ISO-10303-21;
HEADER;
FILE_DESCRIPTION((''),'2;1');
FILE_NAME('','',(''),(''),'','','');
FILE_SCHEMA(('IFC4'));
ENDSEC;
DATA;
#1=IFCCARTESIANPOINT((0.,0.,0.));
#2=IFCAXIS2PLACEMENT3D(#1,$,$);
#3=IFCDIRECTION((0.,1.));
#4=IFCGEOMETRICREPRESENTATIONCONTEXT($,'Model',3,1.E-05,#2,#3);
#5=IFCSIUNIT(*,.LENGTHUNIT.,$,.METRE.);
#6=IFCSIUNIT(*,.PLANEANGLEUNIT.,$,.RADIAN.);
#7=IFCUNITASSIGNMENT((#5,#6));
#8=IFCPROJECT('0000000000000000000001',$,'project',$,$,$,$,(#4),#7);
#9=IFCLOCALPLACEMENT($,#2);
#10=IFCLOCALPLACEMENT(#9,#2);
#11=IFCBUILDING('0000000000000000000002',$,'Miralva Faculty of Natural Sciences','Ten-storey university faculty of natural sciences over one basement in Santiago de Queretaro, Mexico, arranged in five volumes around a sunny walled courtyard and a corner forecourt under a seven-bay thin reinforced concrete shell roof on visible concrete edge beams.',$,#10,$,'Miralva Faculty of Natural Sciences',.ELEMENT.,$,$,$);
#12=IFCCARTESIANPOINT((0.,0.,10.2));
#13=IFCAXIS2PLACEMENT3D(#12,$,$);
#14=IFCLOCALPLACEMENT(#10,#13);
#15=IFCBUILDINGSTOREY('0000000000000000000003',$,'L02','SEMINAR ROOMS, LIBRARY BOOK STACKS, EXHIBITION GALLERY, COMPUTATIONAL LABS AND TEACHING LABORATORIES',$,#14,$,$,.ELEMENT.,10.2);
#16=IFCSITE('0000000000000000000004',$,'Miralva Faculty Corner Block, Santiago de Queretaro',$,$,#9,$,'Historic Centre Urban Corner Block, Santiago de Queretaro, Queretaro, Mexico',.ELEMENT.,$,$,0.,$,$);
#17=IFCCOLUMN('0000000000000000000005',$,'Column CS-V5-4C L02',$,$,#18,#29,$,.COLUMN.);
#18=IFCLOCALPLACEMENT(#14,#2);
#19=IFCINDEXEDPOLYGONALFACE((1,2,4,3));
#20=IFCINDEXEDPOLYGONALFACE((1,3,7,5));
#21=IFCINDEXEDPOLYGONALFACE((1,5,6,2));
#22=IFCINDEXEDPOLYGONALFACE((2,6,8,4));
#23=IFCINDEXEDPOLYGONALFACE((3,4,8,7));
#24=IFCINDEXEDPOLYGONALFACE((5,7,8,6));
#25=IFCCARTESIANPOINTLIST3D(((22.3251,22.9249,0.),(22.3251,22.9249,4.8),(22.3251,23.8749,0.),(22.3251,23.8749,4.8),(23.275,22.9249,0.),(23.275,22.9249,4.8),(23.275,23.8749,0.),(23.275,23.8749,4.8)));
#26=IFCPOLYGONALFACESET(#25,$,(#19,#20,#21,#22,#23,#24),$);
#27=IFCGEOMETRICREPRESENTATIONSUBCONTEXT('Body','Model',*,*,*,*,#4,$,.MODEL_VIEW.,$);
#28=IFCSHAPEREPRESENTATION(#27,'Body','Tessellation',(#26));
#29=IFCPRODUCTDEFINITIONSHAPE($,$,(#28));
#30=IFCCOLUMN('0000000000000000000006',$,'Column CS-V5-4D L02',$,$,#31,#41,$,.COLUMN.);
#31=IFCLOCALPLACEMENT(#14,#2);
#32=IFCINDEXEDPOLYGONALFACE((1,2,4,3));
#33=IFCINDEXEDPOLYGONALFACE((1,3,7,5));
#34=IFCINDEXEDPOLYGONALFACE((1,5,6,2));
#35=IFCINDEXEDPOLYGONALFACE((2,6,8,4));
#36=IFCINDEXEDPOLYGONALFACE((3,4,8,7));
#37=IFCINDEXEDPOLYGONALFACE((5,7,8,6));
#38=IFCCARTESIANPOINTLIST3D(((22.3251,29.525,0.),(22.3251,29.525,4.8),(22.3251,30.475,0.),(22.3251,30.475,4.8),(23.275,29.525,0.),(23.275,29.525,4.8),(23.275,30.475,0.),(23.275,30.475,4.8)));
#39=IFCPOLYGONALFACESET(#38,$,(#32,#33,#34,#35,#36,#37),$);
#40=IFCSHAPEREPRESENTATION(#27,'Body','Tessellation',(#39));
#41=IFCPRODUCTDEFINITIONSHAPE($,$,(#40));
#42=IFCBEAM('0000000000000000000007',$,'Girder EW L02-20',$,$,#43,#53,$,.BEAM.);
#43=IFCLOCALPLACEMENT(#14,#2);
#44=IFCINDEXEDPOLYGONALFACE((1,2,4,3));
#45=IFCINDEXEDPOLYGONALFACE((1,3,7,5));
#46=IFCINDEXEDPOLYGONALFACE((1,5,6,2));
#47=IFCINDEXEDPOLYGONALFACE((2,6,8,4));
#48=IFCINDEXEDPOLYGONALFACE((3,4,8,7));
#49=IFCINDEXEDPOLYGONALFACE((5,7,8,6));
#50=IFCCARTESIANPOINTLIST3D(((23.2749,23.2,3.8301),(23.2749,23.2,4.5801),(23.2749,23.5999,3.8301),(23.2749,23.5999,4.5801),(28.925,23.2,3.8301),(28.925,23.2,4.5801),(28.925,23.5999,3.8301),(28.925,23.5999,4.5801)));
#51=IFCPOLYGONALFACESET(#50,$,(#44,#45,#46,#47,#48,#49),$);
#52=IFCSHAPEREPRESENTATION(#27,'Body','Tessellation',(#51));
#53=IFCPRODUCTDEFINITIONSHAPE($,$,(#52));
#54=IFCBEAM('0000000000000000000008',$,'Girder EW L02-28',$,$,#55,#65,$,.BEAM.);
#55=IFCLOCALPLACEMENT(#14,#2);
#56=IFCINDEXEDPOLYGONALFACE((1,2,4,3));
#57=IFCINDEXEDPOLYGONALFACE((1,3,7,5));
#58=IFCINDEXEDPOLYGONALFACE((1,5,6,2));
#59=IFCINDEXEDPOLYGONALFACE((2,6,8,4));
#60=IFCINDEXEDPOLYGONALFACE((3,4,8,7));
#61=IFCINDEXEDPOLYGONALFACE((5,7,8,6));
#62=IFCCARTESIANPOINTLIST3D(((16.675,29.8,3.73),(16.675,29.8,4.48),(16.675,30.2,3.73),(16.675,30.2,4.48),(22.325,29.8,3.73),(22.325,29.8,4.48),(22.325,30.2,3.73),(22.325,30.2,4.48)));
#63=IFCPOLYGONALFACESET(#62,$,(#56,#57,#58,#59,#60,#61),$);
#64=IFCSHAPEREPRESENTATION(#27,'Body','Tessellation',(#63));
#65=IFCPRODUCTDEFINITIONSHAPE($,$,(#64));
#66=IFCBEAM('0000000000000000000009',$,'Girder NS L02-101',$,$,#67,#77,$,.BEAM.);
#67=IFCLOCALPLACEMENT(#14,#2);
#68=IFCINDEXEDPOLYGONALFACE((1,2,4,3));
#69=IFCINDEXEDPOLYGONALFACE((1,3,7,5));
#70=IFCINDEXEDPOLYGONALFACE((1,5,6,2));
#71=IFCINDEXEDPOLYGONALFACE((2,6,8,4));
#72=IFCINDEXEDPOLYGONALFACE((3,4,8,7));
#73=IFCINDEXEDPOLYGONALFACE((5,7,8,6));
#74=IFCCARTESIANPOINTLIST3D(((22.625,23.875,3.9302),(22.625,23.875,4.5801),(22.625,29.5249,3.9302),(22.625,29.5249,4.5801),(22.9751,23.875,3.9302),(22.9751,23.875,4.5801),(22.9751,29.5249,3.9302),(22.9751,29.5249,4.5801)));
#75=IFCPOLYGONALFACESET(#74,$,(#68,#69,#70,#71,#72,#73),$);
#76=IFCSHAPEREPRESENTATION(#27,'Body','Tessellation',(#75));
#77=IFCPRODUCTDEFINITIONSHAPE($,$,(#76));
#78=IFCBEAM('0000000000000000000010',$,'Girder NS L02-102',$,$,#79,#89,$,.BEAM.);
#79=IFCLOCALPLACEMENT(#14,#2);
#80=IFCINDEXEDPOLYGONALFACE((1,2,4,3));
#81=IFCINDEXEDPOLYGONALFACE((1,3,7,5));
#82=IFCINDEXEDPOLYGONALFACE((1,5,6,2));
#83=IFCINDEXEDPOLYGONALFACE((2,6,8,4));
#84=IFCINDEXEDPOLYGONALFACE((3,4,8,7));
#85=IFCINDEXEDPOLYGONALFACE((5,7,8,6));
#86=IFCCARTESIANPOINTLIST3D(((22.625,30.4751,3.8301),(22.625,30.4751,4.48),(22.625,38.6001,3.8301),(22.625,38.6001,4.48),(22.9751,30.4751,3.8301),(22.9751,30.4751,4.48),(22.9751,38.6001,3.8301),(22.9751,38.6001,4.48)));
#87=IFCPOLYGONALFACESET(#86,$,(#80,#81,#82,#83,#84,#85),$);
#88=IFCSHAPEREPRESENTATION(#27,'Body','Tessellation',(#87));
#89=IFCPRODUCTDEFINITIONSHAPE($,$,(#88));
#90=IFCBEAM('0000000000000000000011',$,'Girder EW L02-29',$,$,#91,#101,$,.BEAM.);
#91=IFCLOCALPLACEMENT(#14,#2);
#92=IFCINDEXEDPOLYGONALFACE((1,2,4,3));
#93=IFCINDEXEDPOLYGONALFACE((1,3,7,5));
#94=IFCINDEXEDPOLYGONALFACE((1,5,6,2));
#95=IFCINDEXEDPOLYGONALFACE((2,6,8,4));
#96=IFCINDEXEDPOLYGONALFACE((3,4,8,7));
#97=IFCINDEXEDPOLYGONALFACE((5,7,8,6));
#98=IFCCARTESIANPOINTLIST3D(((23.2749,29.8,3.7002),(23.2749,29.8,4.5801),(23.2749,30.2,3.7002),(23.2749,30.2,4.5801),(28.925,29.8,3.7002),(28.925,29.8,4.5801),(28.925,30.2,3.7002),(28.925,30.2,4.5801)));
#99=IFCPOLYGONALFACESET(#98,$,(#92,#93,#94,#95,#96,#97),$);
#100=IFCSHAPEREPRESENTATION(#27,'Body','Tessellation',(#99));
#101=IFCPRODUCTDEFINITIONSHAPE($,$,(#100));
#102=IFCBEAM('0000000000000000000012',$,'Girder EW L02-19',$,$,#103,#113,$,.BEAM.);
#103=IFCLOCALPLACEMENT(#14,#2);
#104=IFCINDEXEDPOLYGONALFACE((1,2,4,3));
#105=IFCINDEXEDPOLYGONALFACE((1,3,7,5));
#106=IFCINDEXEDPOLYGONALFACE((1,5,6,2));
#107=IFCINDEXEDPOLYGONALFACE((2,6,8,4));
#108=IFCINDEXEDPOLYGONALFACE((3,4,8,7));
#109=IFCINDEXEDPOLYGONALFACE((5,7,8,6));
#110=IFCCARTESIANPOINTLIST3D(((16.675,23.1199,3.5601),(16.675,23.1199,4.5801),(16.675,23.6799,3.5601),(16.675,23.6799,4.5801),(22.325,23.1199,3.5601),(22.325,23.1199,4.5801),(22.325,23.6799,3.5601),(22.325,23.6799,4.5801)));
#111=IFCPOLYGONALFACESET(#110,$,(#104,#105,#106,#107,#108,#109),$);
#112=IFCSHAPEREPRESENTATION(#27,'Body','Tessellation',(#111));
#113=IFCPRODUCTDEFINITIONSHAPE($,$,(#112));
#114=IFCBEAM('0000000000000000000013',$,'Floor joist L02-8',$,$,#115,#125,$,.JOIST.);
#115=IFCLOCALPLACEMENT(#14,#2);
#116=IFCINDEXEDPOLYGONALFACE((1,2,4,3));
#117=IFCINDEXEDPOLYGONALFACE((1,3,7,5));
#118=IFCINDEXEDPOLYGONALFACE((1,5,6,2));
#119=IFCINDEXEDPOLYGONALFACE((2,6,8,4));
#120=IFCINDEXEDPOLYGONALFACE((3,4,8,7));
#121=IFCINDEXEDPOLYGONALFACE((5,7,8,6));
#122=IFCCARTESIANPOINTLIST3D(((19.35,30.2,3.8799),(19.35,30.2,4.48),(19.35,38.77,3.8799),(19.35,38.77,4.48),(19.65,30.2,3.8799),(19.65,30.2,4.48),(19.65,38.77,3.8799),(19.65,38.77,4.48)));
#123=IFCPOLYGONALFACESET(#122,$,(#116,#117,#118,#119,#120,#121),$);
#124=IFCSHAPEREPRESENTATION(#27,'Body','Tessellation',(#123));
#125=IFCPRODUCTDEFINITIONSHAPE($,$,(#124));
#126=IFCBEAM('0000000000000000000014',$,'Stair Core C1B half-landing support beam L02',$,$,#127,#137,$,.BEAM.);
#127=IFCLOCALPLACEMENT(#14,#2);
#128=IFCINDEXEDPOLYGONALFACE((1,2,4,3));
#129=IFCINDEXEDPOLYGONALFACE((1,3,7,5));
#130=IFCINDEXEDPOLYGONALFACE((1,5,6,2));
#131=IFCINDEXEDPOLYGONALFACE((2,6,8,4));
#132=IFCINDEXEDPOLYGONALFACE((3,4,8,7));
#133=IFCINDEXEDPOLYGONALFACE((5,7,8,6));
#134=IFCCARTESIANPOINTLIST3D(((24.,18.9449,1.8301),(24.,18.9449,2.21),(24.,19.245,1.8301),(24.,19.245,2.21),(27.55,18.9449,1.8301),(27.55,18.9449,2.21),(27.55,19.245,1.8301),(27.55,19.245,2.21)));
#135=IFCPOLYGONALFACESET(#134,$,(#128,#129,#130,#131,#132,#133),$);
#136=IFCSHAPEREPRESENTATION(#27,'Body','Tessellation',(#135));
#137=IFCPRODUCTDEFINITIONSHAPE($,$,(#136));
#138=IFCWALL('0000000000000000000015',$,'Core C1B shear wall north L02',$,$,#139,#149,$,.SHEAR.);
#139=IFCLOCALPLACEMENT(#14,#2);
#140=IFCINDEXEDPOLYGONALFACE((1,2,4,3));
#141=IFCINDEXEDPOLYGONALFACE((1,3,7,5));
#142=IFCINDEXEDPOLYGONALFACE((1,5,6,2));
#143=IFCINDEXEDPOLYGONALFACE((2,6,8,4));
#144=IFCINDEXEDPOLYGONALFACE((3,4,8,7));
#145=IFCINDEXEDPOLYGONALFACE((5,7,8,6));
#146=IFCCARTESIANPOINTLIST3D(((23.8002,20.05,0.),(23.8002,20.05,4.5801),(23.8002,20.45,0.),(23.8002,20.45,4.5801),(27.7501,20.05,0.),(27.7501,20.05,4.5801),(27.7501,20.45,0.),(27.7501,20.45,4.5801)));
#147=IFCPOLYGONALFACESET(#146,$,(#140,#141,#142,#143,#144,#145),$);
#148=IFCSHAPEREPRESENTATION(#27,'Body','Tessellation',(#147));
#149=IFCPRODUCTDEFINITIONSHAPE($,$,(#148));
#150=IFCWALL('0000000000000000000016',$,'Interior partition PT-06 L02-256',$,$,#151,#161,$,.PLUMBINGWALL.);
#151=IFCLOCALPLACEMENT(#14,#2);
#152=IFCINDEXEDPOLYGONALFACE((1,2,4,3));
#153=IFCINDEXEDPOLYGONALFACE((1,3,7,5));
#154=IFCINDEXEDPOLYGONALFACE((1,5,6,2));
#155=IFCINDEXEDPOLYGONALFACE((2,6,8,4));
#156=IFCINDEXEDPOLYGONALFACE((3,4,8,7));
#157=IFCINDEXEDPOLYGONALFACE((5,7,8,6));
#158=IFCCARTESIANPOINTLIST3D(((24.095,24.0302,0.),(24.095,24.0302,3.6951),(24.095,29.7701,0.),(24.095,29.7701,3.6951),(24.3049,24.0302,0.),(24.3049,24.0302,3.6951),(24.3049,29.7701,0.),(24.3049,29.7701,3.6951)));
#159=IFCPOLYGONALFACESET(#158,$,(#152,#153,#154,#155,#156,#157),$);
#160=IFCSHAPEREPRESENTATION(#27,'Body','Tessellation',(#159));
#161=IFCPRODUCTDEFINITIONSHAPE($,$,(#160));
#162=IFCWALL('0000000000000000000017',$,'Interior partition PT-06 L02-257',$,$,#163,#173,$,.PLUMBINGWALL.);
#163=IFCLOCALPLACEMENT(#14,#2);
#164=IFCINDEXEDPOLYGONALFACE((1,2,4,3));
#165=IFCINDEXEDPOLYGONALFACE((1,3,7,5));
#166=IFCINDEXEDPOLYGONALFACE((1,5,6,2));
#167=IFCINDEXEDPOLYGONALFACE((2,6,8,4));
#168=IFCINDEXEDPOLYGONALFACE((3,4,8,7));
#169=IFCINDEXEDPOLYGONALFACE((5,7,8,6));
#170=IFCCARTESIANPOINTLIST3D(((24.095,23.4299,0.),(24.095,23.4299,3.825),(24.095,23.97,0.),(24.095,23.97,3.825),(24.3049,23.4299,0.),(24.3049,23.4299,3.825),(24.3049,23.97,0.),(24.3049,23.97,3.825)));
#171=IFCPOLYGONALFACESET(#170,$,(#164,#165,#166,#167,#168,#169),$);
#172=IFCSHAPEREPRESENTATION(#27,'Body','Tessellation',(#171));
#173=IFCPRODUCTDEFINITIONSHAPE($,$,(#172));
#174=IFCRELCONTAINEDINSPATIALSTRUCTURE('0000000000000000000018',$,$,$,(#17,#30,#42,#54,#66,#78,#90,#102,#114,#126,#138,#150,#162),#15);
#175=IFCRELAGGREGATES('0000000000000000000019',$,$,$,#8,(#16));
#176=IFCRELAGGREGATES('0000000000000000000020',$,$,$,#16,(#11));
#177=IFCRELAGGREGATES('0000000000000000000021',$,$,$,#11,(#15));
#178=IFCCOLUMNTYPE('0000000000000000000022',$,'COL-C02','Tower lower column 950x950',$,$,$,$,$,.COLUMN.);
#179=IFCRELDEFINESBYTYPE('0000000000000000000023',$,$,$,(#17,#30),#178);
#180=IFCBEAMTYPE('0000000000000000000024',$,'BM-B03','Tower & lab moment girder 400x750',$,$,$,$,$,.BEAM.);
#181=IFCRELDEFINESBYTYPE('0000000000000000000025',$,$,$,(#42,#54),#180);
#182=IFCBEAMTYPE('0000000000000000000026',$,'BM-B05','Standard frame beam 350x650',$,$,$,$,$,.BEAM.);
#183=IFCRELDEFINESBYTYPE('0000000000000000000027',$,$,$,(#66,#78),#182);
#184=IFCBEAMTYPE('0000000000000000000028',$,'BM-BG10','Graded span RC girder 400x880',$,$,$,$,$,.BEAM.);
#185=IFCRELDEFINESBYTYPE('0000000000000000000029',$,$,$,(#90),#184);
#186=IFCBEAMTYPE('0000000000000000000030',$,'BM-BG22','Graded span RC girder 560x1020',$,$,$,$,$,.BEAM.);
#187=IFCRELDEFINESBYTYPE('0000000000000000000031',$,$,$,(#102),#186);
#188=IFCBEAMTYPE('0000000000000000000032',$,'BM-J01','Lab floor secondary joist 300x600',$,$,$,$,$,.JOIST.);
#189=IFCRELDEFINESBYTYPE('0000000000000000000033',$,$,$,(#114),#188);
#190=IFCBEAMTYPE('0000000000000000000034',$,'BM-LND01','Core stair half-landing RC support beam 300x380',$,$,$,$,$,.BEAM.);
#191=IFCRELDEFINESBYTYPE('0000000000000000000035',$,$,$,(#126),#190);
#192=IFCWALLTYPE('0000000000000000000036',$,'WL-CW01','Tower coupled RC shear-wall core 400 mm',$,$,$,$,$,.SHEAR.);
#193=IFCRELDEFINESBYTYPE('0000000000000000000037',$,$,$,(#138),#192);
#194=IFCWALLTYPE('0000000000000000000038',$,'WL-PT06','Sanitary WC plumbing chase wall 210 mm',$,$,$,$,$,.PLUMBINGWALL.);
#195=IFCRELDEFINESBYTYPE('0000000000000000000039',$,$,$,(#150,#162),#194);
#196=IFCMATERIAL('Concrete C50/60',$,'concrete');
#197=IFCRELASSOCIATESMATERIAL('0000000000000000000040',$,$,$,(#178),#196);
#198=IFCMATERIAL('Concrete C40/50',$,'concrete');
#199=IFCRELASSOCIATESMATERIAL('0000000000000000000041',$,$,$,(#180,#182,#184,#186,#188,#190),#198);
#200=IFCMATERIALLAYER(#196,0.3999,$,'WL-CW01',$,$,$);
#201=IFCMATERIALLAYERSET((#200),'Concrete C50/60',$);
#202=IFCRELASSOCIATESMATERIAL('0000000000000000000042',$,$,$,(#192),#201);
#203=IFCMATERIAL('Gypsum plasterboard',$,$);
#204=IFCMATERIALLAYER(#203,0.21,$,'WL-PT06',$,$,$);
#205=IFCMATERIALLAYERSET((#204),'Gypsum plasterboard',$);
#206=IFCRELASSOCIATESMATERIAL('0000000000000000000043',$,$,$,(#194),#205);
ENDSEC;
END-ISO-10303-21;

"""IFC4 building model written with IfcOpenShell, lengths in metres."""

from ifc_helpers import new_model, si_unit, direction, frame, frame_2d, origin, origin_2d, place, context, subcontext, project, spatial, rectangle, extrude, material, layer, layer_set, material_profile, profile_set, type_object, element, save


model = new_model("IFC4")

# Units and contexts
model_context = context("Model", 3, precision=1e-05, world=origin(), true_north=direction((0.0, 1.0)))
body_context = subcontext(model_context, "Body", "Model", "MODEL_VIEW")
ifc_project = project(units=[si_unit("LENGTHUNIT", "METRE"), si_unit("PLANEANGLEUNIT", "RADIAN")], contexts=[model_context])

# Site, building, storey
site_placement = place(None, origin())
site = spatial("IfcSite", under=ifc_project, at=site_placement, Name="Miralva Faculty Corner Block, Santiago de Queretaro", LongName="Historic Centre Urban Corner Block, Santiago de Queretaro, Queretaro, Mexico", CompositionType="ELEMENT", RefElevation=0.0)
building_placement = place(site_placement, origin())
building = spatial("IfcBuilding", under=site, at=building_placement, Name="Miralva Faculty of Natural Sciences", Description="Ten-storey university faculty of natural sciences over one basement in Santiago de Queretaro, Mexico, arranged in five volumes around a sunny walled courtyard and a corner forecourt under a seven-bay thin reinforced concrete shell roof on visible concrete edge beams.", LongName="Miralva Faculty of Natural Sciences", CompositionType="ELEMENT")
storey_placement = place(building_placement, frame((0.0, 0.0, 10.2)))
storey = spatial("IfcBuildingStorey", under=building, at=storey_placement, Name="L02", Description="SEMINAR ROOMS, LIBRARY BOOK STACKS, EXHIBITION GALLERY, COMPUTATIONAL LABS AND TEACHING LABORATORIES", CompositionType="ELEMENT", Elevation=10.2)

# Columns
ifc_material_1 = material(Name="Concrete C50/60", Category="concrete")
ifc_material_profile_1 = material_profile(ifc_material_1, rectangle(XDim=0.95, YDim=0.95, at=origin_2d()), Name="RC 950x950")
ifc_profile_set_1 = profile_set([ifc_material_profile_1], Name="Concrete C50/60")
column_type = type_object("IfcColumnType", Name="COL-C02", Description="Tower lower column 950x950", PredefinedType="COLUMN", material=ifc_profile_set_1)
for number, where, z_axis, x_axis, name in (
    (1, (22.8, 23.3999, 0.0), (0.0, 0.0, 1.0), (1.0, 0.0, 0.0), "Column CS-V5-4C L02"),
    (2, (22.8, 30.0, 0.0), (0.0, 0.0, 1.0), (1.0, 0.0, 0.0), "Column CS-V5-4D L02"),
):
    element("IfcColumn", number, at=place(storey_placement, frame(where, z_axis=z_axis, x_axis=x_axis)), inside=storey, type_object=column_type, Name=name, PredefinedType="COLUMN", context=body_context, shape_type="SweptSolid", body=[
        extrude(rectangle(XDim=0.95, YDim=0.95, at=origin_2d()), origin(), (0.0, 0.0, 1.0), 4.8),
    ])

# Beams
ifc_material_2 = material(Name="Concrete C40/50", Category="concrete")
ifc_material_profile_2 = material_profile(ifc_material_2, rectangle(XDim=0.3999, YDim=0.75, at=origin_2d()), Name="RC 400x750")
ifc_profile_set_2 = profile_set([ifc_material_profile_2], Name="Concrete C40/50")
beam_type_1 = type_object("IfcBeamType", Name="BM-B03", Description="Tower & lab moment girder 400x750", PredefinedType="BEAM", material=ifc_profile_set_2)
beam_1_placement = place(storey_placement, frame((23.2749, 23.3999, 4.2051), z_axis=(1.0, 0.0, 0.0), x_axis=(0.0, 1.0, 0.0)))
element("IfcBeam", 3, at=beam_1_placement, inside=storey, type_object=beam_type_1, Name="Girder EW L02-20", PredefinedType="BEAM", context=body_context, shape_type="SweptSolid", body=[
    extrude(rectangle(XDim=0.3999, YDim=0.75, at=origin_2d()), origin(), (0.0, 0.0, 1.0), 5.6501),
])
beam_2_placement = place(storey_placement, frame((16.675, 30.0, 4.105), z_axis=(1.0, 0.0, 0.0), x_axis=(0.0, 1.0, 0.0)))
element("IfcBeam", 4, at=beam_2_placement, inside=storey, type_object=beam_type_1, Name="Girder EW L02-28", PredefinedType="BEAM", context=body_context, shape_type="SweptSolid", body=[
    extrude(rectangle(XDim=0.3999, YDim=0.75, at=origin_2d()), origin(), (0.0, 0.0, 1.0), 5.6499),
])
ifc_material_profile_3 = material_profile(ifc_material_2, rectangle(XDim=0.3501, YDim=0.6499, at=origin_2d()), Name="RC 350x650")
ifc_profile_set_3 = profile_set([ifc_material_profile_3], Name="Concrete C40/50")
beam_type_2 = type_object("IfcBeamType", Name="BM-B05", Description="Standard frame beam 350x650", PredefinedType="BEAM", material=ifc_profile_set_3)
beam_3_placement = place(storey_placement, frame((22.8, 23.875, 4.2551), z_axis=(0.0, 1.0, 0.0), x_axis=(-1.0, 0.0, 0.0)))
element("IfcBeam", 5, at=beam_3_placement, inside=storey, type_object=beam_type_2, Name="Girder NS L02-101", PredefinedType="BEAM", context=body_context, shape_type="SweptSolid", body=[
    extrude(rectangle(XDim=0.3501, YDim=0.6499, at=origin_2d()), origin(), (0.0, 0.0, 1.0), 5.6499),
])
beam_4_placement = place(storey_placement, frame((22.8, 30.4751, 4.155), z_axis=(0.0, 1.0, 0.0), x_axis=(-1.0, 0.0, 0.0)))
element("IfcBeam", 6, at=beam_4_placement, inside=storey, type_object=beam_type_2, Name="Girder NS L02-102", PredefinedType="BEAM", context=body_context, shape_type="SweptSolid", body=[
    extrude(rectangle(XDim=0.3501, YDim=0.6499, at=origin_2d()), origin(), (0.0, 0.0, 1.0), 8.125),
])
ifc_material_profile_4 = material_profile(ifc_material_2, rectangle(XDim=0.3999, YDim=0.8799, at=origin_2d()), Name="RC 400x880")
ifc_profile_set_4 = profile_set([ifc_material_profile_4], Name="Concrete C40/50")
beam_type_3 = type_object("IfcBeamType", Name="BM-BG10", Description="Graded span RC girder 400x880", PredefinedType="BEAM", material=ifc_profile_set_4)
beam_5_placement = place(storey_placement, frame((23.2749, 30.0, 4.1401), z_axis=(1.0, 0.0, 0.0), x_axis=(0.0, 1.0, 0.0)))
element("IfcBeam", 7, at=beam_5_placement, inside=storey, type_object=beam_type_3, Name="Girder EW L02-29", PredefinedType="BEAM", context=body_context, shape_type="SweptSolid", body=[
    extrude(rectangle(XDim=0.3999, YDim=0.8799, at=origin_2d()), origin(), (0.0, 0.0, 1.0), 5.6501),
])
ifc_material_profile_5 = material_profile(ifc_material_2, rectangle(XDim=0.5601, YDim=1.02, at=origin_2d()), Name="RC 560x1020")
ifc_profile_set_5 = profile_set([ifc_material_profile_5], Name="Concrete C40/50")
beam_type_4 = type_object("IfcBeamType", Name="BM-BG22", Description="Graded span RC girder 560x1020", PredefinedType="BEAM", material=ifc_profile_set_5)
beam_6_placement = place(storey_placement, frame((16.675, 23.3999, 4.0701), z_axis=(1.0, 0.0, 0.0), x_axis=(0.0, 1.0, 0.0)))
element("IfcBeam", 8, at=beam_6_placement, inside=storey, type_object=beam_type_4, Name="Girder EW L02-19", PredefinedType="BEAM", context=body_context, shape_type="SweptSolid", body=[
    extrude(rectangle(XDim=0.5601, YDim=1.02, at=origin_2d()), origin(), (0.0, 0.0, 1.0), 5.6499),
])
ifc_material_profile_6 = material_profile(ifc_material_2, rectangle(XDim=0.3, YDim=0.6001, at=origin_2d()), Name="RC 300x600")
ifc_profile_set_6 = profile_set([ifc_material_profile_6], Name="Concrete C40/50")
beam_type_5 = type_object("IfcBeamType", Name="BM-J01", Description="Lab floor secondary joist 300x600", PredefinedType="JOIST", material=ifc_profile_set_6)
beam_7_placement = place(storey_placement, frame((19.5, 30.2, 4.1799), z_axis=(0.0, 1.0, 0.0), x_axis=(-1.0, 0.0, 0.0)))
element("IfcBeam", 9, at=beam_7_placement, inside=storey, type_object=beam_type_5, Name="Floor joist L02-8", PredefinedType="JOIST", context=body_context, shape_type="SweptSolid", body=[
    extrude(rectangle(XDim=0.3, YDim=0.6001, at=origin_2d()), origin(), (0.0, 0.0, 1.0), 8.5701),
])
ifc_material_profile_7 = material_profile(ifc_material_2, rectangle(XDim=0.3, YDim=0.3799, at=origin_2d()), Name="RC 300x380")
ifc_profile_set_7 = profile_set([ifc_material_profile_7], Name="Concrete C40/50")
beam_type_6 = type_object("IfcBeamType", Name="BM-LND01", Description="Core stair half-landing RC support beam 300x380", PredefinedType="BEAM", material=ifc_profile_set_7)
beam_8_placement = place(storey_placement, frame((24.0, 19.095, 2.02), z_axis=(1.0, 0.0, 0.0), x_axis=(0.0, 1.0, 0.0)))
element("IfcBeam", 10, at=beam_8_placement, inside=storey, type_object=beam_type_6, Name="Stair Core C1B half-landing support beam L02", PredefinedType="BEAM", context=body_context, shape_type="SweptSolid", body=[
    extrude(rectangle(XDim=0.3, YDim=0.3799, at=origin_2d()), origin(), (0.0, 0.0, 1.0), 3.55),
])

# Walls
ifc_layer_1 = layer(ifc_material_1, 0.3999, Name="WL-CW01")
ifc_layer_set_1 = layer_set([ifc_layer_1], Name="Concrete C50/60")
wall_type_1 = type_object("IfcWallType", Name="WL-CW01", Description="Tower coupled RC shear-wall core 400 mm", PredefinedType="SHEAR", material=ifc_layer_set_1)
wall_1_placement = place(storey_placement, frame((23.8, 20.25, 0.0), z_axis=(0.0, 0.0, 1.0), x_axis=(1.0, 0.0, 0.0)))
element("IfcWall", 11, at=wall_1_placement, inside=storey, type_object=wall_type_1, Name="Core C1B shear wall north L02", PredefinedType="SHEAR", context=body_context, shape_type="SweptSolid", body=[
    extrude(rectangle(XDim=3.95, YDim=0.3999, at=frame_2d((1.9751, 0.0))), origin(), (0.0, 0.0, 1.0), 4.5801),
])
ifc_material_3 = material(Name="Gypsum plasterboard")
ifc_layer_2 = layer(ifc_material_3, 0.21, Name="WL-PT06")
ifc_layer_set_2 = layer_set([ifc_layer_2], Name="Gypsum plasterboard")
wall_type_2 = type_object("IfcWallType", Name="WL-PT06", Description="Sanitary WC plumbing chase wall 210 mm", PredefinedType="PLUMBINGWALL", material=ifc_layer_set_2)
wall_2_placement = place(storey_placement, frame((24.2, 24.03, 0.0), z_axis=(0.0, 0.0, 1.0), x_axis=(0.0, 1.0, 0.0)))
element("IfcWall", 12, at=wall_2_placement, inside=storey, type_object=wall_type_2, Name="Interior partition PT-06 L02-256", PredefinedType="PLUMBINGWALL", context=body_context, shape_type="SweptSolid", body=[
    extrude(rectangle(XDim=5.74, YDim=0.21, at=frame_2d((2.8701, 0.0))), origin(), (0.0, 0.0, 1.0), 3.6951),
])
wall_3_placement = place(storey_placement, frame((24.2, 23.4299, 0.0), z_axis=(0.0, 0.0, 1.0), x_axis=(0.0, 1.0, 0.0)))
element("IfcWall", 13, at=wall_3_placement, inside=storey, type_object=wall_type_2, Name="Interior partition PT-06 L02-257", PredefinedType="PLUMBINGWALL", context=body_context, shape_type="SweptSolid", body=[
    extrude(rectangle(XDim=0.54, YDim=0.21, at=frame_2d((0.27, 0.0))), origin(), (0.0, 0.0, 1.0), 3.825),
])

save(model, "model.ifc")
